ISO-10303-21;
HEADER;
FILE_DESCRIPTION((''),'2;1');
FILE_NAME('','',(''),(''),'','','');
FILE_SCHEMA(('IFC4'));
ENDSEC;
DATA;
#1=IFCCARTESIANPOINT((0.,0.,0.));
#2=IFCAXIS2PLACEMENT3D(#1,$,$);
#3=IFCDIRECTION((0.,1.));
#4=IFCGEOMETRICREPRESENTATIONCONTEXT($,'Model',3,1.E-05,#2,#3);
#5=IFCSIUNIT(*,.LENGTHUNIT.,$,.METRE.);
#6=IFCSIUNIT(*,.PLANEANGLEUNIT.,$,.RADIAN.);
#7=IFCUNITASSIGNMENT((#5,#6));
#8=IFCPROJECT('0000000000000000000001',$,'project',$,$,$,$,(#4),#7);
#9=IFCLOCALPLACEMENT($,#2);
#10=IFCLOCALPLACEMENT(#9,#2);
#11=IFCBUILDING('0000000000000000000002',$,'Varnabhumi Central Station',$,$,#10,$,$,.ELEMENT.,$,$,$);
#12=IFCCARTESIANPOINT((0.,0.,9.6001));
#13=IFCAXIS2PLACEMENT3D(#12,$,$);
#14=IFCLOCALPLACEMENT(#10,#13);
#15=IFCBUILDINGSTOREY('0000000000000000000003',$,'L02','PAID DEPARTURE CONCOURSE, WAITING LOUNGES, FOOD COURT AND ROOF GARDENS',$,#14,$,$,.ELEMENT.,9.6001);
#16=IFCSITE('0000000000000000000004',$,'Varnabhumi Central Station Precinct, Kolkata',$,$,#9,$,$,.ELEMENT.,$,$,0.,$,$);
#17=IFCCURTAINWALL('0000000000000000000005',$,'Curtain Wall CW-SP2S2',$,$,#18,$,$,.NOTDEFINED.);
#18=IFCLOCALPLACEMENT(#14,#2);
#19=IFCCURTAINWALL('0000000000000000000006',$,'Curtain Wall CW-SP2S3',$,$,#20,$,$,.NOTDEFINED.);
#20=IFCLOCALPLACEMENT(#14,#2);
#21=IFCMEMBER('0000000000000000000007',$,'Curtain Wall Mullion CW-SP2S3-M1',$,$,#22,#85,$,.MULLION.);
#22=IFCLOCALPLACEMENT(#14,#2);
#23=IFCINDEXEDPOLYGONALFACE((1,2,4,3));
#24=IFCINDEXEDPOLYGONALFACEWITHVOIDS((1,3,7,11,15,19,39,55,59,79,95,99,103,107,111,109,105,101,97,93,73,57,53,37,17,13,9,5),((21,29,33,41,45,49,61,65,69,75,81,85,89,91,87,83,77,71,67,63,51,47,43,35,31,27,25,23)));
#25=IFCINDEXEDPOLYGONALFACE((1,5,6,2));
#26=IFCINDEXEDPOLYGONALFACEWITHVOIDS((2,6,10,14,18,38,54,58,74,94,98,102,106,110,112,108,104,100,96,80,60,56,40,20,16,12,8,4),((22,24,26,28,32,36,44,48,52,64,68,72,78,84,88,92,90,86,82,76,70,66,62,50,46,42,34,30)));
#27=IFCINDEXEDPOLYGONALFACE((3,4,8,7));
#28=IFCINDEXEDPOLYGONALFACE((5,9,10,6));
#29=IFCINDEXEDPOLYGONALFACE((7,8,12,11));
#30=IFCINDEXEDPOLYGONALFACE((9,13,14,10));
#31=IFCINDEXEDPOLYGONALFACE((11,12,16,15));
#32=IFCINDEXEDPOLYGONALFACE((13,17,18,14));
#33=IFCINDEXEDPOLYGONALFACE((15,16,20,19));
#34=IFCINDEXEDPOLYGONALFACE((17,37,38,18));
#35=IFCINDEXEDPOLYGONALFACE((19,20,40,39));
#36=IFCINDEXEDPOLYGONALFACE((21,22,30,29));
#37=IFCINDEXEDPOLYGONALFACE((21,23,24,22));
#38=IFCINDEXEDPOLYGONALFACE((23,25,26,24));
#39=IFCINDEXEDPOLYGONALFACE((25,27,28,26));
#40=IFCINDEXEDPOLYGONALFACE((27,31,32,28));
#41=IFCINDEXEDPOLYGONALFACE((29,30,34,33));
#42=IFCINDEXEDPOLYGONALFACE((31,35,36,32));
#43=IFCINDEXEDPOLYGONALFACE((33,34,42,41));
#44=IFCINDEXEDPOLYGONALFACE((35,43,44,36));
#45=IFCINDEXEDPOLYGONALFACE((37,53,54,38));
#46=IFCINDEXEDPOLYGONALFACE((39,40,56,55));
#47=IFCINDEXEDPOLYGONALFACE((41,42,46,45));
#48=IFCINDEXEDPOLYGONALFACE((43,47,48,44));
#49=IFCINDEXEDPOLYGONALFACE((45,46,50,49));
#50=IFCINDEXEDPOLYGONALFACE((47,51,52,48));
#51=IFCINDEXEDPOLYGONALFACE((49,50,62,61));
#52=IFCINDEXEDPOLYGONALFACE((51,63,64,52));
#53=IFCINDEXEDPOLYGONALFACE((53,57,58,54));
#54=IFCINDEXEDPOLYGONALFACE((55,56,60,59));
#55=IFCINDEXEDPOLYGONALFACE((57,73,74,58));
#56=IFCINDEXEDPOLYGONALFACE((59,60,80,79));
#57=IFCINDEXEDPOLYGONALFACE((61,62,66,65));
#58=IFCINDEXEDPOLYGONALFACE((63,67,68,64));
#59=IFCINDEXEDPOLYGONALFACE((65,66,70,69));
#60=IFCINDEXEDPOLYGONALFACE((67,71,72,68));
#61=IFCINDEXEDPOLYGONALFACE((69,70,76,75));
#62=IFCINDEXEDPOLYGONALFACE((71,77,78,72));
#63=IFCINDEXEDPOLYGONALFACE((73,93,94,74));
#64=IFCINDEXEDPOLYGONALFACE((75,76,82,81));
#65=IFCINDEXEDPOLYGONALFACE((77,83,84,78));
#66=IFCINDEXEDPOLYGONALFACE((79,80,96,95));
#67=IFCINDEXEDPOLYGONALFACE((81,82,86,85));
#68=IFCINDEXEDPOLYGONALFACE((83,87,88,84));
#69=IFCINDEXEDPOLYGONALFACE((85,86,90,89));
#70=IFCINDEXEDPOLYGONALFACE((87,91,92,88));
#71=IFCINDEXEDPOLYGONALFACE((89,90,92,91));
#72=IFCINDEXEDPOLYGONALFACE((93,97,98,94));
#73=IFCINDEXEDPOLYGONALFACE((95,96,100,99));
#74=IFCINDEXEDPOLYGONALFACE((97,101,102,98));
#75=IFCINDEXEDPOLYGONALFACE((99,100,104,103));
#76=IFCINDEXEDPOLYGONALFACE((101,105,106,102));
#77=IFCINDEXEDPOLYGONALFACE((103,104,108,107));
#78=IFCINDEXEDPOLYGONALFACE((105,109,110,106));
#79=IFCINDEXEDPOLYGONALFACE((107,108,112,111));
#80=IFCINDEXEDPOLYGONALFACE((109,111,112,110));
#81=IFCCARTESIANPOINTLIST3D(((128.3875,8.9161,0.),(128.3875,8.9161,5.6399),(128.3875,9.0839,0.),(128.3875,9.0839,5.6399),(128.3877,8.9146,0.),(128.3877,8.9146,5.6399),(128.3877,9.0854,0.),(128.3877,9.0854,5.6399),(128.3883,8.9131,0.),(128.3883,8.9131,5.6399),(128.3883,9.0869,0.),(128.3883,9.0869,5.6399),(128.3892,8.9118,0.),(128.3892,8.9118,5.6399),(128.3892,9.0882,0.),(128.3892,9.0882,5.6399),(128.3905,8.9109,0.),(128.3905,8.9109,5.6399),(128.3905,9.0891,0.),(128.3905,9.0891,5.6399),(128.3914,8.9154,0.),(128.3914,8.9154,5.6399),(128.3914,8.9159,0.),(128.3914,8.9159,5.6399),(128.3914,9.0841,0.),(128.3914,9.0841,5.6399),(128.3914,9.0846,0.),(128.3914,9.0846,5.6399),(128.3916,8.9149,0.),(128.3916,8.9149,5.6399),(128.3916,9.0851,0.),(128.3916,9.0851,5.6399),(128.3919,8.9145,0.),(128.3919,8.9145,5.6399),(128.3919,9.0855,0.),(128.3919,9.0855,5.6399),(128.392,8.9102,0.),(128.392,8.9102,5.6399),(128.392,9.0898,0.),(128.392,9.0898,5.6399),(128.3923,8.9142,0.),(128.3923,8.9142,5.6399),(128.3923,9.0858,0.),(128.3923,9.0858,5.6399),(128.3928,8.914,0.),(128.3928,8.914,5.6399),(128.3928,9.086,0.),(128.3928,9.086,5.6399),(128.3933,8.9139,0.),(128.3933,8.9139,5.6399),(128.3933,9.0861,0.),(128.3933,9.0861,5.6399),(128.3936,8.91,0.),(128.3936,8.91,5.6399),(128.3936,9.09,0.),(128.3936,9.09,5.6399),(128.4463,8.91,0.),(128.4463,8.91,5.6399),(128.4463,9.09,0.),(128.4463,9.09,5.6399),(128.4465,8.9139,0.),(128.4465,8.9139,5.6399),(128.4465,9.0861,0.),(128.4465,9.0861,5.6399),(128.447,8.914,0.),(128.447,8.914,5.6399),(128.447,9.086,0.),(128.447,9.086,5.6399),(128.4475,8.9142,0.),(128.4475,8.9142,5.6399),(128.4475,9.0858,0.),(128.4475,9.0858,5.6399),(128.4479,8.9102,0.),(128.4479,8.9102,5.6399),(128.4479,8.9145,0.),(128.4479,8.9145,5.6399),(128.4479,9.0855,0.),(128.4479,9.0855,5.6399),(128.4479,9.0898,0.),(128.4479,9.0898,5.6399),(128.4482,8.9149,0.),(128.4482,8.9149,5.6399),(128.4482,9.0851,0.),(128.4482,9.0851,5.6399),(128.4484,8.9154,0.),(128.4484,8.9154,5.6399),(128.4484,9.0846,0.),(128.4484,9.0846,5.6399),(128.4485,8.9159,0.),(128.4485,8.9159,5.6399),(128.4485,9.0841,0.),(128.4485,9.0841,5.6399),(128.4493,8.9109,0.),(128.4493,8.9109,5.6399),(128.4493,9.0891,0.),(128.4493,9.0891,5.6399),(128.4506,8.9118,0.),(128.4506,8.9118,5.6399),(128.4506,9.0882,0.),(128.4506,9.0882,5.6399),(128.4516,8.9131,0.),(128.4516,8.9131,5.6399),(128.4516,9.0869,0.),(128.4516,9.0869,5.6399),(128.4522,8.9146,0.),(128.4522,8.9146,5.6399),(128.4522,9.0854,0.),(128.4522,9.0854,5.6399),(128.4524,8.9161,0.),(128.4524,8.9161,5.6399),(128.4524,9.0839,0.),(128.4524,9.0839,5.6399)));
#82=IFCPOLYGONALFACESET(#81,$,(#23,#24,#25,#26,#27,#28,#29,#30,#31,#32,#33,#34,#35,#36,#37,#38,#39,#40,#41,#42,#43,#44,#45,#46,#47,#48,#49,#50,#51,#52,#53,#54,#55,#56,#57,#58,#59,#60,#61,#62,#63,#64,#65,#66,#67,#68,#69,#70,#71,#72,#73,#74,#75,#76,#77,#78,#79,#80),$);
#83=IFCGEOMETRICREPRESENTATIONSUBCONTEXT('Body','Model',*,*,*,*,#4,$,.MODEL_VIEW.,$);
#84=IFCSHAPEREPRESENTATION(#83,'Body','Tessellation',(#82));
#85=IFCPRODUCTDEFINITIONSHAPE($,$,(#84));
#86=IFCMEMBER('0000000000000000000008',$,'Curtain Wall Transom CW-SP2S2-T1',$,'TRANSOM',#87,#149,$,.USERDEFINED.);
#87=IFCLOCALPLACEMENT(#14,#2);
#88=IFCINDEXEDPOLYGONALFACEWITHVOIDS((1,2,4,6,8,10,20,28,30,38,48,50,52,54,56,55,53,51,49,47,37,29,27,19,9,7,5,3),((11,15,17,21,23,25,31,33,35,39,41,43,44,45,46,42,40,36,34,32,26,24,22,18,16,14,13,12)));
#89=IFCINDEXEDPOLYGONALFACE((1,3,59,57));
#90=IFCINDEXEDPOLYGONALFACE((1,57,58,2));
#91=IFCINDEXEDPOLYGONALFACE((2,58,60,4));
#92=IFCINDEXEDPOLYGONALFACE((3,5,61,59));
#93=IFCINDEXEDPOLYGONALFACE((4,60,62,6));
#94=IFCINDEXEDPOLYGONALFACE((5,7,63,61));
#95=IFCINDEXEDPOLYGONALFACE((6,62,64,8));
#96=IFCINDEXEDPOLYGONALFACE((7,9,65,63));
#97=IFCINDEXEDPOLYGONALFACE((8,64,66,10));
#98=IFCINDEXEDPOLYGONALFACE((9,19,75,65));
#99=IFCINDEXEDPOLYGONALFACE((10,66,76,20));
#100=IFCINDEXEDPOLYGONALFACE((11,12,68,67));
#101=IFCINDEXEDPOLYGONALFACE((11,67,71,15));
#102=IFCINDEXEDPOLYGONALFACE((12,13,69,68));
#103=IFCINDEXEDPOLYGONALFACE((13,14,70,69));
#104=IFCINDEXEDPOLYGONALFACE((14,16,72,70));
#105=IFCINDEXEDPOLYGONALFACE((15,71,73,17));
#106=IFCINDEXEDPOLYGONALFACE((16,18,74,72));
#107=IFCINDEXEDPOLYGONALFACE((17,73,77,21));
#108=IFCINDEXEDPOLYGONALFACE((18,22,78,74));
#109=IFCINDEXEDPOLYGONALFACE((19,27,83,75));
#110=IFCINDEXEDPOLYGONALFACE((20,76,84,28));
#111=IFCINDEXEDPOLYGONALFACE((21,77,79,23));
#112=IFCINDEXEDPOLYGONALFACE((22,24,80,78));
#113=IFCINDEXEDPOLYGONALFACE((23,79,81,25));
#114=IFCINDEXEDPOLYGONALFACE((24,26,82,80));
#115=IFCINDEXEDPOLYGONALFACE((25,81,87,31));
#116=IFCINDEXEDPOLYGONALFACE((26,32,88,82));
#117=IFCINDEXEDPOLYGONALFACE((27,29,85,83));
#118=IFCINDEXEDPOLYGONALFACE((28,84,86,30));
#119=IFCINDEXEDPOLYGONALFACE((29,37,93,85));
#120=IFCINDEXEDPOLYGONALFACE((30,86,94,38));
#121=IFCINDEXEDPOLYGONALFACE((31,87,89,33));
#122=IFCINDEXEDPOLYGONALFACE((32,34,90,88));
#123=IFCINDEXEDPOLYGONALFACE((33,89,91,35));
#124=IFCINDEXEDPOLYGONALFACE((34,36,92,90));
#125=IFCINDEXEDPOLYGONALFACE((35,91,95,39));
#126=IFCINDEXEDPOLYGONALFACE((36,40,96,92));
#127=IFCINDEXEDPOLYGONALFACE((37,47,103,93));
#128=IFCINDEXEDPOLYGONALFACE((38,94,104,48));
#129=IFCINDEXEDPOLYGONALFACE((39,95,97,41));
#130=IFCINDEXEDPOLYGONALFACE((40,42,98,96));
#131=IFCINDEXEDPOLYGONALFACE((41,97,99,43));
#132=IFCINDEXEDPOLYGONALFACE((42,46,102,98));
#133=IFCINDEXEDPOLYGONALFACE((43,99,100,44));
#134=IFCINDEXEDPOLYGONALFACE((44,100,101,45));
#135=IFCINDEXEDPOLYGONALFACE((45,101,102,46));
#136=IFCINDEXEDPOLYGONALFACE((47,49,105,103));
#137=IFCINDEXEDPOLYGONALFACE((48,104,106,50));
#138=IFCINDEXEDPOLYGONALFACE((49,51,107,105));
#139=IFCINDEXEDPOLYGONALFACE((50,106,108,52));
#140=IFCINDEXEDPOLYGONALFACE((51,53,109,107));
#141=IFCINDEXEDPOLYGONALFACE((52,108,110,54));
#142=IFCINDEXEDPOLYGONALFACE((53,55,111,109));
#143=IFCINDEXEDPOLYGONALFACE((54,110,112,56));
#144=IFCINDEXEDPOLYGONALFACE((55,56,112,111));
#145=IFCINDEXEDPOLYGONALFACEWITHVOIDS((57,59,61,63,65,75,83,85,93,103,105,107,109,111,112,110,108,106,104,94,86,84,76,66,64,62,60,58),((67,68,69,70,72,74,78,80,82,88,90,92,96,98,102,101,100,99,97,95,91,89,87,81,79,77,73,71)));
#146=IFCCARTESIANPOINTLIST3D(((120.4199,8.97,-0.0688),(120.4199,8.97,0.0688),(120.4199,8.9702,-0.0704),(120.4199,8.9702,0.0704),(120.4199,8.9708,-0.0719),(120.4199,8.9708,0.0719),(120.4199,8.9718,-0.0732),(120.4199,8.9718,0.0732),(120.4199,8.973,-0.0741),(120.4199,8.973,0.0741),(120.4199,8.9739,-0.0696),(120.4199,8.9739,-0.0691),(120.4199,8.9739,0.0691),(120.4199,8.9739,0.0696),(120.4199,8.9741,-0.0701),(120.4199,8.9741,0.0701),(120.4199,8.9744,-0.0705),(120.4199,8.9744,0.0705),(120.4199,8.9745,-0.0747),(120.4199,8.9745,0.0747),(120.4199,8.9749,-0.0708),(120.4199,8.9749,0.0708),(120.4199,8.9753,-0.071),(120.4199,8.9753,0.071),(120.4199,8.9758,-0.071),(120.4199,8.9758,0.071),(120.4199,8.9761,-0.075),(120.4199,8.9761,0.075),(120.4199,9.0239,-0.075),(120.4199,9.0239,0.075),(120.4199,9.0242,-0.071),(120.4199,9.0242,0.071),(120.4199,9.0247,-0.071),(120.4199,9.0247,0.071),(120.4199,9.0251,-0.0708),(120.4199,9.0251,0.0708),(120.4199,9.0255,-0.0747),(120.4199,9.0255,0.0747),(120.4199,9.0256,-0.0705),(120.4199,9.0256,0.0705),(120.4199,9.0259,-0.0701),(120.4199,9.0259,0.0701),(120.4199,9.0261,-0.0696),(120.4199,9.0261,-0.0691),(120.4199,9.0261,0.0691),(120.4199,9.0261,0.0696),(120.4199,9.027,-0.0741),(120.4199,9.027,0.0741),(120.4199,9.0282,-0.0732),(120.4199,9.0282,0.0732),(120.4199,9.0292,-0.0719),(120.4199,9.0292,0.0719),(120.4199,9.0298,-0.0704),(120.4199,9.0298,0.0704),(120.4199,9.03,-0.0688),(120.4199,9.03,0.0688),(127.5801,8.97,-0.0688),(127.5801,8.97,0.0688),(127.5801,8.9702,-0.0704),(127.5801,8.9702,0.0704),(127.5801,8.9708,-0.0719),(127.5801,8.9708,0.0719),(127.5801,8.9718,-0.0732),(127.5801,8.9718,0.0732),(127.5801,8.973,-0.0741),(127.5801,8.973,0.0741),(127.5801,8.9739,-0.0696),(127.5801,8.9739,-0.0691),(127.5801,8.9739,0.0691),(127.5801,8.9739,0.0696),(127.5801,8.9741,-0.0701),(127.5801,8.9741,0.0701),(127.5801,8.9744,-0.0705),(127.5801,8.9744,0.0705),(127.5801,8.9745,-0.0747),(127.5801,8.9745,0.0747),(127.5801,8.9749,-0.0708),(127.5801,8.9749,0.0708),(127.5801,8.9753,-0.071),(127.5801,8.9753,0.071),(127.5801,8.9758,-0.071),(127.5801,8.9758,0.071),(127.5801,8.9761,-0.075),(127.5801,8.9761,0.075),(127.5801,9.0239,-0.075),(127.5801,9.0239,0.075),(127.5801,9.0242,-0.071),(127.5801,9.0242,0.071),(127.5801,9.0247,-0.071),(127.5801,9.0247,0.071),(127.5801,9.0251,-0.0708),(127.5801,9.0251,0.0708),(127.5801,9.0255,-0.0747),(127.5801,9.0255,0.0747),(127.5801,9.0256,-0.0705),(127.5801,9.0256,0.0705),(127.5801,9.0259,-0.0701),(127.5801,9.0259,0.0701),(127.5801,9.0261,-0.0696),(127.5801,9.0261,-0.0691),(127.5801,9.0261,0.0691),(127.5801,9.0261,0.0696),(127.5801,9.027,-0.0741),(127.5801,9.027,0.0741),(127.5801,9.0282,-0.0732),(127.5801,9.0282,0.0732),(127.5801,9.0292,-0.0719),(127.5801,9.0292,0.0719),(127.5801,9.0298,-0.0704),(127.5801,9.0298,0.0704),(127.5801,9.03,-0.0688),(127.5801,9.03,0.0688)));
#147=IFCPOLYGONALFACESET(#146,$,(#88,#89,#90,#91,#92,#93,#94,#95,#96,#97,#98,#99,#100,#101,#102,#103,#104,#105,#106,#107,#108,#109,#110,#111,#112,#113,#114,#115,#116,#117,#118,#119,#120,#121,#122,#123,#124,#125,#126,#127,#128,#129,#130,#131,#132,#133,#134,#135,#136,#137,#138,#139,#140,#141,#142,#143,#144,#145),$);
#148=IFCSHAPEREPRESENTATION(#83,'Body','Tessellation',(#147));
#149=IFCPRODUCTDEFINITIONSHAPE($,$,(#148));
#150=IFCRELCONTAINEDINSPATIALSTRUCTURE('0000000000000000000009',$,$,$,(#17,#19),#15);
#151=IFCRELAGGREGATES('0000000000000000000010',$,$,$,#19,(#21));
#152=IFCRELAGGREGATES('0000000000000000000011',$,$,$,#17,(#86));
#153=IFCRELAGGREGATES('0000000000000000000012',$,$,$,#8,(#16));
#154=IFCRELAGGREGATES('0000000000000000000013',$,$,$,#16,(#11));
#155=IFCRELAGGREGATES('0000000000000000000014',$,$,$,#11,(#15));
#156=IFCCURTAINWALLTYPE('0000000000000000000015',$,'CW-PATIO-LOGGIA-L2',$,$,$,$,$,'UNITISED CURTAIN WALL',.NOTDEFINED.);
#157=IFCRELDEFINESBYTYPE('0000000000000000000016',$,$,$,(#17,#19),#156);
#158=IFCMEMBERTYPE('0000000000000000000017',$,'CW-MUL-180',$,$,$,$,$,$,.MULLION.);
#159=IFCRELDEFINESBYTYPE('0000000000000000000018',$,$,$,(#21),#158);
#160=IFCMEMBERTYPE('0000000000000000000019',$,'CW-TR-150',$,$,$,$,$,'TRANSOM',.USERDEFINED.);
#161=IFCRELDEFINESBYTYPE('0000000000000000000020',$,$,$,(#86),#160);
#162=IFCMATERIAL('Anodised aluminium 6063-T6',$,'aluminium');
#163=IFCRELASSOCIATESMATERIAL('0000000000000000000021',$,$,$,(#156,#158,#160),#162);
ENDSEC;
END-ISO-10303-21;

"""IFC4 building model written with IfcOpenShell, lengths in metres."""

from ifc_helpers import new_model, si_unit, direction, frame, origin, origin_2d, place, context, subcontext, project, spatial, hollow_rectangle, extrude, material, material_profile, profile_set, type_object, element, aggregate, save


model = new_model("IFC4")

# Units and contexts
model_context = context("Model", 3, precision=1e-05, world=origin(), true_north=direction((0.0, 1.0)))
body_context = subcontext(model_context, "Body", "Model", "MODEL_VIEW")
ifc_project = project(units=[si_unit("LENGTHUNIT", "METRE"), si_unit("PLANEANGLEUNIT", "RADIAN")], contexts=[model_context])

# Site, building, storey
site_placement = place(None, origin())
site = spatial("IfcSite", under=ifc_project, at=site_placement, Name="Varnabhumi Central Station Precinct, Kolkata", CompositionType="ELEMENT", RefElevation=0.0)
building_placement = place(site_placement, origin())
building = spatial("IfcBuilding", under=site, at=building_placement, Name="Varnabhumi Central Station", CompositionType="ELEMENT")
storey_placement = place(building_placement, frame((0.0, 0.0, 9.6001)))
storey = spatial("IfcBuildingStorey", under=building, at=storey_placement, Name="L02", Description="PAID DEPARTURE CONCOURSE, WAITING LOUNGES, FOOD COURT AND ROOF GARDENS", CompositionType="ELEMENT", Elevation=9.6001)

# Curtain wall
ifc_material_1 = material(Name="Anodised aluminium 6063-T6", Category="aluminium")
curtain_wall_type = type_object("IfcCurtainWallType", Name="CW-PATIO-LOGGIA-L2", ElementType="UNITISED CURTAIN WALL", PredefinedType="NOTDEFINED", material=ifc_material_1)
curtain_wall_1_placement = place(storey_placement, origin())
curtain_wall_1 = element("IfcCurtainWall", 1, at=curtain_wall_1_placement, inside=storey, type_object=curtain_wall_type, Name="Curtain Wall CW-SP2S2", PredefinedType="NOTDEFINED")
ifc_material_profile_1 = material_profile(ifc_material_1, hollow_rectangle(XDim=0.0649, YDim=0.1799, WallThickness=0.0039, InnerFilletRadius=0.002, OuterFilletRadius=0.0061, at=origin_2d()), Name="Anodised aluminium 6063-T6", Category="aluminium")
ifc_profile_set_1 = profile_set([ifc_material_profile_1], Name="Anodised aluminium 6063-T6")
member_type_1 = type_object("IfcMemberType", Name="CW-MUL-180", PredefinedType="MULLION", material=ifc_profile_set_1)

# Curtain wall, member
curtain_wall_2_placement = place(storey_placement, origin())
curtain_wall_2 = element("IfcCurtainWall", 2, at=curtain_wall_2_placement, inside=storey, type_object=curtain_wall_type, Name="Curtain Wall CW-SP2S3", PredefinedType="NOTDEFINED")
member_1_placement = place(storey_placement, frame((128.4199, 9.0, 0.0), z_axis=(0.0, 0.0, 1.0), x_axis=(1.0, 0.0, 0.0)))
member_1 = element("IfcMember", 3, at=member_1_placement, type_object=member_type_1, Name="Curtain Wall Mullion CW-SP2S3-M1", PredefinedType="MULLION", context=body_context, shape_type="SweptSolid", body=[
    extrude(hollow_rectangle(XDim=0.0649, YDim=0.1799, WallThickness=0.0039, InnerFilletRadius=0.002, OuterFilletRadius=0.0061, at=origin_2d()), origin(), (0.0, 0.0, 1.0), 5.6399),
])
aggregate(curtain_wall_2, [member_1])

# Member
ifc_material_profile_2 = material_profile(ifc_material_1, hollow_rectangle(XDim=0.0601, YDim=0.1499, WallThickness=0.0039, InnerFilletRadius=0.002, OuterFilletRadius=0.0061, at=origin_2d()), Name="Anodised aluminium 6063-T6", Category="aluminium")
ifc_profile_set_2 = profile_set([ifc_material_profile_2], Name="Anodised aluminium 6063-T6")
member_type_2 = type_object("IfcMemberType", Name="CW-TR-150", ElementType="TRANSOM", PredefinedType="USERDEFINED", material=ifc_profile_set_2)
member_2_placement = place(storey_placement, frame((120.4199, 9.0, 0.0), z_axis=(1.0, 0.0, 0.0), x_axis=(0.0, 1.0, 0.0)))
member_2 = element("IfcMember", 4, at=member_2_placement, type_object=member_type_2, Name="Curtain Wall Transom CW-SP2S2-T1", ObjectType="TRANSOM", PredefinedType="USERDEFINED", context=body_context, shape_type="SweptSolid", body=[
    extrude(hollow_rectangle(XDim=0.0601, YDim=0.1499, WallThickness=0.0039, InnerFilletRadius=0.002, OuterFilletRadius=0.0061, at=origin_2d()), origin(), (0.0, 0.0, 1.0), 7.1602),
])

aggregate(curtain_wall_1, [member_2])

save(model, "model.ifc")
